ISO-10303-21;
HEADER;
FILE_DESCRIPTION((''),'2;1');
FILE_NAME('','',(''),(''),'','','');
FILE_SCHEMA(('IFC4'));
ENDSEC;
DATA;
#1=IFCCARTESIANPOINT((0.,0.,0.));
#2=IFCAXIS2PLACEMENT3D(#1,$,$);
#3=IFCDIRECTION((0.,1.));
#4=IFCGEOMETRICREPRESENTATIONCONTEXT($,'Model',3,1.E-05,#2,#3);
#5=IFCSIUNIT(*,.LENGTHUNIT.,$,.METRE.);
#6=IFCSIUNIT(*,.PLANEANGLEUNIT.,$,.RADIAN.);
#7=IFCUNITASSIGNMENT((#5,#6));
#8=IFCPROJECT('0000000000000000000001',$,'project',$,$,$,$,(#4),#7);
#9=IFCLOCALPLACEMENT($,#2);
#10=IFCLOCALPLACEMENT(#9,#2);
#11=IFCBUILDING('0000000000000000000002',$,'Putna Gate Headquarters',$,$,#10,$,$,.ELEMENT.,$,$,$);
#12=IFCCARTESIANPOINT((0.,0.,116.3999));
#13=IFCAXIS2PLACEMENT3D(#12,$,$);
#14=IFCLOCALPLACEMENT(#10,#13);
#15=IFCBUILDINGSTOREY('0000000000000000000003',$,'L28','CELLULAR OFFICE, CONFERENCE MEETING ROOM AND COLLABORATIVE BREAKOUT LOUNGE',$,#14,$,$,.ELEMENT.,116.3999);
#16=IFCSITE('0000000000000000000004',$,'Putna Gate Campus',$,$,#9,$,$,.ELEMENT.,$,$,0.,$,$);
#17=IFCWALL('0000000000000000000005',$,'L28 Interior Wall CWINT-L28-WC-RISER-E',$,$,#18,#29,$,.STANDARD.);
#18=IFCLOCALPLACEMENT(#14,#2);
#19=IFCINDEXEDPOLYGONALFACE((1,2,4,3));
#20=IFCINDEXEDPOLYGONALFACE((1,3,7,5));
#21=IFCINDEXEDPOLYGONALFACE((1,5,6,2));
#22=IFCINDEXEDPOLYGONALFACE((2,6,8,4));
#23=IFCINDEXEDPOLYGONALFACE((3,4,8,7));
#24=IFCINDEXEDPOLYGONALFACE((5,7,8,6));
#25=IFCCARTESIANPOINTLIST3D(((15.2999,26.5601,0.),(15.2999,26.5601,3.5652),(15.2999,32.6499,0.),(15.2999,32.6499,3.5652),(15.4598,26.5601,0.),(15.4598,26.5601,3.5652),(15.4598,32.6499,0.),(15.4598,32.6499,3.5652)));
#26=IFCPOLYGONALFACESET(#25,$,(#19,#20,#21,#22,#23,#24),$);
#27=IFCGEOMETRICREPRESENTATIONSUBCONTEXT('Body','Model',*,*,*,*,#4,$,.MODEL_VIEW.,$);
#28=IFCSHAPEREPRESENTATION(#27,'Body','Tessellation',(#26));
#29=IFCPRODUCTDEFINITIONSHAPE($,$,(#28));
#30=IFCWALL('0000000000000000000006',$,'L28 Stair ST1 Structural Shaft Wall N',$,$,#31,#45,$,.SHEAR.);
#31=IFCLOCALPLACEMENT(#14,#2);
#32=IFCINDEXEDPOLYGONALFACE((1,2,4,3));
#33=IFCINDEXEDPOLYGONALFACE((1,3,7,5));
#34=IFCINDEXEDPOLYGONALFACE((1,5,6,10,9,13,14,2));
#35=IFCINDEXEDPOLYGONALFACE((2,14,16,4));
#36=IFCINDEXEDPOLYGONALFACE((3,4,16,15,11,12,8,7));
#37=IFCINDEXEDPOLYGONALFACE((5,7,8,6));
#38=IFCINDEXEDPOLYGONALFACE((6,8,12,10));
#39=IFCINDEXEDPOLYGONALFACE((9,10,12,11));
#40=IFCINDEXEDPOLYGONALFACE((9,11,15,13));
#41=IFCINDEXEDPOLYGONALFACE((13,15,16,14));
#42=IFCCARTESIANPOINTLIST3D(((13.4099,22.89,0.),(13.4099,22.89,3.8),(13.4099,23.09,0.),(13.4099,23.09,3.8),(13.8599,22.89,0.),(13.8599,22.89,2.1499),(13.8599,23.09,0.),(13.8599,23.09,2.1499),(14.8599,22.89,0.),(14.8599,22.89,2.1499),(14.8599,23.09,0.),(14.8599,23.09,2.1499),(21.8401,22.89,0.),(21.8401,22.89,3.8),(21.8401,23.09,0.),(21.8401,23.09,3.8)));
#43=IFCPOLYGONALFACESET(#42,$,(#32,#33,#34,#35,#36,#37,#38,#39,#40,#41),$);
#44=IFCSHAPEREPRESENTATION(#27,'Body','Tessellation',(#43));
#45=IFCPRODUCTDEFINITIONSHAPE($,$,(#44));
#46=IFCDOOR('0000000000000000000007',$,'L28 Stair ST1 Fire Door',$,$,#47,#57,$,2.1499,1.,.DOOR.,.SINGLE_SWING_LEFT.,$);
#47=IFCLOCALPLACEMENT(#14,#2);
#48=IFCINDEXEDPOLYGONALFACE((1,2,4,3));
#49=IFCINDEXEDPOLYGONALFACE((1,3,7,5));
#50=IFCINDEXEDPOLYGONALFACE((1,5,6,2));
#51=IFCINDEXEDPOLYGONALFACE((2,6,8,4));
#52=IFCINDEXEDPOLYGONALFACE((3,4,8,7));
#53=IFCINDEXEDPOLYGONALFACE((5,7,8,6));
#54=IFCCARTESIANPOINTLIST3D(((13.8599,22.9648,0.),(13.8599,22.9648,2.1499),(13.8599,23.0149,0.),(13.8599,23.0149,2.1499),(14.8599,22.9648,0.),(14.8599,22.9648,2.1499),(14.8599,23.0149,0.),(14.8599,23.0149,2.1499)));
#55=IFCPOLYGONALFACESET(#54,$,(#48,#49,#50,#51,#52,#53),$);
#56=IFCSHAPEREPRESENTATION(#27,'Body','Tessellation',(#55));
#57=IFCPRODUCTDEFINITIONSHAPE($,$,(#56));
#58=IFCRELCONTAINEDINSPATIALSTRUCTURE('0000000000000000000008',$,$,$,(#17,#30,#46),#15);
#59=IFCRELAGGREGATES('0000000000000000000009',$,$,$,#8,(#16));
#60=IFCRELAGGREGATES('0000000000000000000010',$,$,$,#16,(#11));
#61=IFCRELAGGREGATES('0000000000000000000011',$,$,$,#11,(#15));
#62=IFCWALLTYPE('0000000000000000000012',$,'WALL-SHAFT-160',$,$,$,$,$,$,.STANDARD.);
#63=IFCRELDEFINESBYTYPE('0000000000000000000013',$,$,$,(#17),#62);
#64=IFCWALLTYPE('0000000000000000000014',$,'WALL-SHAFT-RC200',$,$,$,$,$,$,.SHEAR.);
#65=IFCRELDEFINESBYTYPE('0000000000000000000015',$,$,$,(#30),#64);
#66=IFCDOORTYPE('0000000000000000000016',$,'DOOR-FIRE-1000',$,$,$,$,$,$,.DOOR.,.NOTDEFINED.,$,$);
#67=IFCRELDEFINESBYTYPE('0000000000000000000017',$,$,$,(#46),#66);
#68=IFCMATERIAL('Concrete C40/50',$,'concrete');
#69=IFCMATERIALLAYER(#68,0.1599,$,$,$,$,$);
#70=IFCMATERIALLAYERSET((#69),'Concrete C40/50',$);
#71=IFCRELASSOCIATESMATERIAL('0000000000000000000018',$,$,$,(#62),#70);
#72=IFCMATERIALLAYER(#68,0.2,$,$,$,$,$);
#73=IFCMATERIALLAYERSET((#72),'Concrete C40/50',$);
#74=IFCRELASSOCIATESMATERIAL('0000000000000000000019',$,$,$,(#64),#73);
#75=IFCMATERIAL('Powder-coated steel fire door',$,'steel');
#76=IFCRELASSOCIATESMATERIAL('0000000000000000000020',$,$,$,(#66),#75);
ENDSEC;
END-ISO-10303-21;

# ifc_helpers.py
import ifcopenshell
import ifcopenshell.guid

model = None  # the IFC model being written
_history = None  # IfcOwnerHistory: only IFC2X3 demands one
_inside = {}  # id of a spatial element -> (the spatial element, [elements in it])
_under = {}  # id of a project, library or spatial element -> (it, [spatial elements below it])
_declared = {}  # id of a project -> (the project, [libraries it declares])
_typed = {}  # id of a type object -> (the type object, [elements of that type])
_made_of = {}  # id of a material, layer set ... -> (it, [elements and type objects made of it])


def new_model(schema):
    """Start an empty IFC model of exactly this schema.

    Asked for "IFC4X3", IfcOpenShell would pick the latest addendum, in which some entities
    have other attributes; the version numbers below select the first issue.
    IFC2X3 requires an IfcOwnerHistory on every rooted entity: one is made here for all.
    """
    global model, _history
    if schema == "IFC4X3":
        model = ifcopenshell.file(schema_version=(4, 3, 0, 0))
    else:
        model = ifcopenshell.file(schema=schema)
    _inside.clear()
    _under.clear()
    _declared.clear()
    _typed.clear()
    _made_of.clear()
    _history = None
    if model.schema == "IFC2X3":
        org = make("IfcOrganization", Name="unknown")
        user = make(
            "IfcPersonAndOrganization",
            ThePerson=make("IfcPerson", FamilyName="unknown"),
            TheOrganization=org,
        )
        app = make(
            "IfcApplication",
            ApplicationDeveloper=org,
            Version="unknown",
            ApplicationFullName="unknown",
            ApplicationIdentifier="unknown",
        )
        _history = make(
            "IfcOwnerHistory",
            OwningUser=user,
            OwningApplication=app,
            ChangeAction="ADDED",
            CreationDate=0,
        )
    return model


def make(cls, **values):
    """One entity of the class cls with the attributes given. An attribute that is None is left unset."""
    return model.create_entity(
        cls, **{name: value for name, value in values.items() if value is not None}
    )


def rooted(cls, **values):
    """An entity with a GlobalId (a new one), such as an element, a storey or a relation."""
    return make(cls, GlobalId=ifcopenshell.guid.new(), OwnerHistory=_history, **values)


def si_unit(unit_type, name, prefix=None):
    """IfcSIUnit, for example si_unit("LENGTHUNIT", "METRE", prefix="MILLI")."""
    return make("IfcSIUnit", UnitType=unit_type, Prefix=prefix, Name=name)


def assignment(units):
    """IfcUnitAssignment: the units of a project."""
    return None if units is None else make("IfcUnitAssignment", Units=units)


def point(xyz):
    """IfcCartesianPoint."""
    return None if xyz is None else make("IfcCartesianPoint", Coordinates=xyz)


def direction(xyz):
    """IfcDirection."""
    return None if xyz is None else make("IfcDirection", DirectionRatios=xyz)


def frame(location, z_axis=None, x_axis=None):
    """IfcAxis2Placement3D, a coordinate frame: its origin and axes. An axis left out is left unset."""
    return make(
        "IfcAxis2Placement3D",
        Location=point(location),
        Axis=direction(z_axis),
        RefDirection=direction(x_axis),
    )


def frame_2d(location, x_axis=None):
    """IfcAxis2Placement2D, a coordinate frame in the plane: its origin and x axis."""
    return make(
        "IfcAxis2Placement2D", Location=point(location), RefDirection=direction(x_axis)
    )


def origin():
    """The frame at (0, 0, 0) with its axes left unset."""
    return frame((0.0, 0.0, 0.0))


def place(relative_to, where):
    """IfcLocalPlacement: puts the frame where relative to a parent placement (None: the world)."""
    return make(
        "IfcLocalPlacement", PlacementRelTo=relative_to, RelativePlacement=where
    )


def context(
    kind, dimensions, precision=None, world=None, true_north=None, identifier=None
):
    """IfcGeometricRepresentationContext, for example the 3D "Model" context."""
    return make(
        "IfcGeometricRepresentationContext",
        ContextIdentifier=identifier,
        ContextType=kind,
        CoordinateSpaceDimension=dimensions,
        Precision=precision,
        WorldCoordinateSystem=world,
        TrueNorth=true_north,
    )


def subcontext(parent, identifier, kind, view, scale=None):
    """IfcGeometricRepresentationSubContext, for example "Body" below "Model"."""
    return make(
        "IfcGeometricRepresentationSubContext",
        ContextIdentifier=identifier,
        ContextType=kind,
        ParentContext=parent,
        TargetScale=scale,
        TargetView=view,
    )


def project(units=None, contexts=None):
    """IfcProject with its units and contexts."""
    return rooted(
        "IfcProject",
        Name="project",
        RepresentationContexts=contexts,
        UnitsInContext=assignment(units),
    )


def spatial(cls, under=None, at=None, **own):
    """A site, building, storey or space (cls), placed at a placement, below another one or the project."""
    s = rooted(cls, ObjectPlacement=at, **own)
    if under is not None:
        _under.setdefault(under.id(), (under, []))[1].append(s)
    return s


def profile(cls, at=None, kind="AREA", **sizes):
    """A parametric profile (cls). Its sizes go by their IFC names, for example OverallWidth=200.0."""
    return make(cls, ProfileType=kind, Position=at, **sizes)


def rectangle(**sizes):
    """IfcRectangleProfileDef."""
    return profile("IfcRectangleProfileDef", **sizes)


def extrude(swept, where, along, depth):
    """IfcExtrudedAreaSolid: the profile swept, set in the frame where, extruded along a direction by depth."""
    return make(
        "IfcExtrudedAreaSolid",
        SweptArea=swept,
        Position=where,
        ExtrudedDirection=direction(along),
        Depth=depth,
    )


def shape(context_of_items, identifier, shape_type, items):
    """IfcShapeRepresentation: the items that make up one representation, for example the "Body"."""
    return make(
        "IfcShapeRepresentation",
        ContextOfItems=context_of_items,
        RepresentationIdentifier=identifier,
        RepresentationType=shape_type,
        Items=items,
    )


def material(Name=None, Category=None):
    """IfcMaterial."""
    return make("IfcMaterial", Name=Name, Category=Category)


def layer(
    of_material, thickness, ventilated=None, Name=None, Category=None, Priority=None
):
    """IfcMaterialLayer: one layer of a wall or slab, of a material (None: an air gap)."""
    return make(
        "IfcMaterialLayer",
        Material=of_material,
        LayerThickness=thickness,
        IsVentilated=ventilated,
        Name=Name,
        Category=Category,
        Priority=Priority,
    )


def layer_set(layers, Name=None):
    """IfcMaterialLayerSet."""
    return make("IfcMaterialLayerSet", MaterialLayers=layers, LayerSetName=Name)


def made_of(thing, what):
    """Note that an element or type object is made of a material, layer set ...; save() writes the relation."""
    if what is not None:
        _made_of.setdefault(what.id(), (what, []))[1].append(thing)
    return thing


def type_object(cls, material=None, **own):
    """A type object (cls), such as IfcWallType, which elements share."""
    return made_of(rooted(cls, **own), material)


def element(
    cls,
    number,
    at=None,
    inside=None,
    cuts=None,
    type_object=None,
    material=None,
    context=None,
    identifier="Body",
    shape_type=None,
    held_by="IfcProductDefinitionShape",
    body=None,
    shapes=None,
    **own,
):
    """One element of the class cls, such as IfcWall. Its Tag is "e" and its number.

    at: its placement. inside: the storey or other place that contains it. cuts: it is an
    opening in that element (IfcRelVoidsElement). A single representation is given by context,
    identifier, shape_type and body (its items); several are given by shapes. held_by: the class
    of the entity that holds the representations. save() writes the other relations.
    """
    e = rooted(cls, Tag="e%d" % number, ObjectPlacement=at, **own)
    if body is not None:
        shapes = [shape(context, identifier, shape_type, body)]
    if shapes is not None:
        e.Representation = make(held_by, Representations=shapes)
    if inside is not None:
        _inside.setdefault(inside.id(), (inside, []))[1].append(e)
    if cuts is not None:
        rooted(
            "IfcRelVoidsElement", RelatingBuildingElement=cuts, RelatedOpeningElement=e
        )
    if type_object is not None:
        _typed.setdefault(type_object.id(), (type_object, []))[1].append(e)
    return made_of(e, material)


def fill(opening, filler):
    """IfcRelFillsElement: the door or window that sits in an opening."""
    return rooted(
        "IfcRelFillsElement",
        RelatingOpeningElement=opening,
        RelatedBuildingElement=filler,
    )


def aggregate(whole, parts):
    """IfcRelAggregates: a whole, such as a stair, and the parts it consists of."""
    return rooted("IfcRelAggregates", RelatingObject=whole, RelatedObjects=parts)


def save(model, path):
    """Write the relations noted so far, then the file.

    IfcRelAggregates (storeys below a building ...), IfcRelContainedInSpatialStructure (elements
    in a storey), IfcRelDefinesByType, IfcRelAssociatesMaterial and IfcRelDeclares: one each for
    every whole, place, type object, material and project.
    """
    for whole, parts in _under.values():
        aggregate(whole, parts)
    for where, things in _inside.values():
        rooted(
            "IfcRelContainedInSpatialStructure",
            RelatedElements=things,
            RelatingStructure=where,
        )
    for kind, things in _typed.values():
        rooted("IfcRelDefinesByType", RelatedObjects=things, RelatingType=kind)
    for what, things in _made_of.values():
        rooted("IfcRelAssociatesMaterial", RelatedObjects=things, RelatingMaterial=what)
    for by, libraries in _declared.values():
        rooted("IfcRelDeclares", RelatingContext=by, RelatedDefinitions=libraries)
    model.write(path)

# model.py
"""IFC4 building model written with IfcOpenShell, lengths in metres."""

from ifc_helpers import new_model, si_unit, direction, frame, frame_2d, origin, place, context, subcontext, project, spatial, rectangle, extrude, material, layer, layer_set, type_object, element, fill, save


model = new_model("IFC4")

# Units and contexts
model_context = context("Model", 3, precision=1e-05, world=origin(), true_north=direction((0.0, 1.0)))
body_context = subcontext(model_context, "Body", "Model", "MODEL_VIEW")
ifc_project = project(units=[si_unit("LENGTHUNIT", "METRE"), si_unit("PLANEANGLEUNIT", "RADIAN")], contexts=[model_context])

# Site, building, storey
site_placement = place(None, origin())
site = spatial("IfcSite", under=ifc_project, at=site_placement, Name="Putna Gate Campus", CompositionType="ELEMENT", RefElevation=0.0)
building_placement = place(site_placement, origin())
building = spatial("IfcBuilding", under=site, at=building_placement, Name="Putna Gate Headquarters", CompositionType="ELEMENT")
storey_placement = place(building_placement, frame((0.0, 0.0, 116.3999)))
storey = spatial("IfcBuildingStorey", under=building, at=storey_placement, Name="L28", Description="CELLULAR OFFICE, CONFERENCE MEETING ROOM AND COLLABORATIVE BREAKOUT LOUNGE", CompositionType="ELEMENT", Elevation=116.3999)

# Wall
ifc_material_1 = material(Name="Concrete C40/50", Category="concrete")
ifc_layer_1 = layer(ifc_material_1, 0.1599)
ifc_layer_set_1 = layer_set([ifc_layer_1], Name="Concrete C40/50")
wall_type_1 = type_object("IfcWallType", Name="WALL-SHAFT-160", PredefinedType="STANDARD", material=ifc_layer_set_1)
wall_1_placement = place(storey_placement, frame((15.3799, 26.5601, 0.0), z_axis=(0.0, 0.0, 1.0), x_axis=(0.0, 1.0, 0.0)))
element("IfcWall", 1, at=wall_1_placement, inside=storey, type_object=wall_type_1, Name="L28 Interior Wall CWINT-L28-WC-RISER-E", PredefinedType="STANDARD", context=body_context, shape_type="SweptSolid", body=[
    extrude(rectangle(XDim=6.0898, YDim=0.1599, at=frame_2d((3.0449, 0.0))), origin(), (0.0, 0.0, 1.0), 3.5652),
])

# Wall, opening, door
ifc_layer_2 = layer(ifc_material_1, 0.2)
ifc_layer_set_2 = layer_set([ifc_layer_2], Name="Concrete C40/50")
wall_type_2 = type_object("IfcWallType", Name="WALL-SHAFT-RC200", PredefinedType="SHEAR", material=ifc_layer_set_2)
wall_2_placement = place(storey_placement, frame((13.4099, 22.99, 0.0), z_axis=(0.0, 0.0, 1.0), x_axis=(1.0, 0.0, 0.0)))
wall_2 = element("IfcWall", 2, at=wall_2_placement, inside=storey, type_object=wall_type_2, Name="L28 Stair ST1 Structural Shaft Wall N", PredefinedType="SHEAR", context=body_context, shape_type="SweptSolid", body=[
    extrude(rectangle(XDim=8.4302, YDim=0.2, at=frame_2d((4.2151, 0.0))), origin(), (0.0, 0.0, 1.0), 3.8),
])
opening_1_placement = place(wall_2_placement, frame((0.45, 0.0, 0.0)))
opening_1 = element("IfcOpeningElement", 3, at=opening_1_placement, cuts=wall_2, PredefinedType="OPENING", context=body_context, shape_type="SweptSolid", body=[
    extrude(rectangle(XDim=1.0, YDim=2.1499, at=frame_2d((0.5, 1.075))), frame((0.0, 0.1099, 0.0), z_axis=(0.0, -1.0, 0.0), x_axis=(1.0, 0.0, 0.0)), (0.0, 0.0, 1.0), 0.22),
])
ifc_material_2 = material(Name="Powder-coated steel fire door", Category="steel")
door_type_1 = type_object("IfcDoorType", Name="DOOR-FIRE-1000", OperationType="NOTDEFINED", PredefinedType="DOOR", material=ifc_material_2)
door_1_placement = place(opening_1_placement, origin())
door_1 = element("IfcDoor", 4, at=door_1_placement, inside=storey, type_object=door_type_1, Name="L28 Stair ST1 Fire Door", OperationType="SINGLE_SWING_LEFT", OverallHeight=2.1499, OverallWidth=1.0, PredefinedType="DOOR", context=body_context, shape_type="SweptSolid", body=[
    extrude(rectangle(XDim=1.0, YDim=2.1499, at=frame_2d((0.5, 1.075))), frame((0.0, 0.0249, 0.0), z_axis=(0.0, -1.0, 0.0), x_axis=(1.0, 0.0, 0.0)), (0.0, 0.0, 1.0), 0.05),
])
fill(opening_1, door_1)

save(model, "model.ifc")
